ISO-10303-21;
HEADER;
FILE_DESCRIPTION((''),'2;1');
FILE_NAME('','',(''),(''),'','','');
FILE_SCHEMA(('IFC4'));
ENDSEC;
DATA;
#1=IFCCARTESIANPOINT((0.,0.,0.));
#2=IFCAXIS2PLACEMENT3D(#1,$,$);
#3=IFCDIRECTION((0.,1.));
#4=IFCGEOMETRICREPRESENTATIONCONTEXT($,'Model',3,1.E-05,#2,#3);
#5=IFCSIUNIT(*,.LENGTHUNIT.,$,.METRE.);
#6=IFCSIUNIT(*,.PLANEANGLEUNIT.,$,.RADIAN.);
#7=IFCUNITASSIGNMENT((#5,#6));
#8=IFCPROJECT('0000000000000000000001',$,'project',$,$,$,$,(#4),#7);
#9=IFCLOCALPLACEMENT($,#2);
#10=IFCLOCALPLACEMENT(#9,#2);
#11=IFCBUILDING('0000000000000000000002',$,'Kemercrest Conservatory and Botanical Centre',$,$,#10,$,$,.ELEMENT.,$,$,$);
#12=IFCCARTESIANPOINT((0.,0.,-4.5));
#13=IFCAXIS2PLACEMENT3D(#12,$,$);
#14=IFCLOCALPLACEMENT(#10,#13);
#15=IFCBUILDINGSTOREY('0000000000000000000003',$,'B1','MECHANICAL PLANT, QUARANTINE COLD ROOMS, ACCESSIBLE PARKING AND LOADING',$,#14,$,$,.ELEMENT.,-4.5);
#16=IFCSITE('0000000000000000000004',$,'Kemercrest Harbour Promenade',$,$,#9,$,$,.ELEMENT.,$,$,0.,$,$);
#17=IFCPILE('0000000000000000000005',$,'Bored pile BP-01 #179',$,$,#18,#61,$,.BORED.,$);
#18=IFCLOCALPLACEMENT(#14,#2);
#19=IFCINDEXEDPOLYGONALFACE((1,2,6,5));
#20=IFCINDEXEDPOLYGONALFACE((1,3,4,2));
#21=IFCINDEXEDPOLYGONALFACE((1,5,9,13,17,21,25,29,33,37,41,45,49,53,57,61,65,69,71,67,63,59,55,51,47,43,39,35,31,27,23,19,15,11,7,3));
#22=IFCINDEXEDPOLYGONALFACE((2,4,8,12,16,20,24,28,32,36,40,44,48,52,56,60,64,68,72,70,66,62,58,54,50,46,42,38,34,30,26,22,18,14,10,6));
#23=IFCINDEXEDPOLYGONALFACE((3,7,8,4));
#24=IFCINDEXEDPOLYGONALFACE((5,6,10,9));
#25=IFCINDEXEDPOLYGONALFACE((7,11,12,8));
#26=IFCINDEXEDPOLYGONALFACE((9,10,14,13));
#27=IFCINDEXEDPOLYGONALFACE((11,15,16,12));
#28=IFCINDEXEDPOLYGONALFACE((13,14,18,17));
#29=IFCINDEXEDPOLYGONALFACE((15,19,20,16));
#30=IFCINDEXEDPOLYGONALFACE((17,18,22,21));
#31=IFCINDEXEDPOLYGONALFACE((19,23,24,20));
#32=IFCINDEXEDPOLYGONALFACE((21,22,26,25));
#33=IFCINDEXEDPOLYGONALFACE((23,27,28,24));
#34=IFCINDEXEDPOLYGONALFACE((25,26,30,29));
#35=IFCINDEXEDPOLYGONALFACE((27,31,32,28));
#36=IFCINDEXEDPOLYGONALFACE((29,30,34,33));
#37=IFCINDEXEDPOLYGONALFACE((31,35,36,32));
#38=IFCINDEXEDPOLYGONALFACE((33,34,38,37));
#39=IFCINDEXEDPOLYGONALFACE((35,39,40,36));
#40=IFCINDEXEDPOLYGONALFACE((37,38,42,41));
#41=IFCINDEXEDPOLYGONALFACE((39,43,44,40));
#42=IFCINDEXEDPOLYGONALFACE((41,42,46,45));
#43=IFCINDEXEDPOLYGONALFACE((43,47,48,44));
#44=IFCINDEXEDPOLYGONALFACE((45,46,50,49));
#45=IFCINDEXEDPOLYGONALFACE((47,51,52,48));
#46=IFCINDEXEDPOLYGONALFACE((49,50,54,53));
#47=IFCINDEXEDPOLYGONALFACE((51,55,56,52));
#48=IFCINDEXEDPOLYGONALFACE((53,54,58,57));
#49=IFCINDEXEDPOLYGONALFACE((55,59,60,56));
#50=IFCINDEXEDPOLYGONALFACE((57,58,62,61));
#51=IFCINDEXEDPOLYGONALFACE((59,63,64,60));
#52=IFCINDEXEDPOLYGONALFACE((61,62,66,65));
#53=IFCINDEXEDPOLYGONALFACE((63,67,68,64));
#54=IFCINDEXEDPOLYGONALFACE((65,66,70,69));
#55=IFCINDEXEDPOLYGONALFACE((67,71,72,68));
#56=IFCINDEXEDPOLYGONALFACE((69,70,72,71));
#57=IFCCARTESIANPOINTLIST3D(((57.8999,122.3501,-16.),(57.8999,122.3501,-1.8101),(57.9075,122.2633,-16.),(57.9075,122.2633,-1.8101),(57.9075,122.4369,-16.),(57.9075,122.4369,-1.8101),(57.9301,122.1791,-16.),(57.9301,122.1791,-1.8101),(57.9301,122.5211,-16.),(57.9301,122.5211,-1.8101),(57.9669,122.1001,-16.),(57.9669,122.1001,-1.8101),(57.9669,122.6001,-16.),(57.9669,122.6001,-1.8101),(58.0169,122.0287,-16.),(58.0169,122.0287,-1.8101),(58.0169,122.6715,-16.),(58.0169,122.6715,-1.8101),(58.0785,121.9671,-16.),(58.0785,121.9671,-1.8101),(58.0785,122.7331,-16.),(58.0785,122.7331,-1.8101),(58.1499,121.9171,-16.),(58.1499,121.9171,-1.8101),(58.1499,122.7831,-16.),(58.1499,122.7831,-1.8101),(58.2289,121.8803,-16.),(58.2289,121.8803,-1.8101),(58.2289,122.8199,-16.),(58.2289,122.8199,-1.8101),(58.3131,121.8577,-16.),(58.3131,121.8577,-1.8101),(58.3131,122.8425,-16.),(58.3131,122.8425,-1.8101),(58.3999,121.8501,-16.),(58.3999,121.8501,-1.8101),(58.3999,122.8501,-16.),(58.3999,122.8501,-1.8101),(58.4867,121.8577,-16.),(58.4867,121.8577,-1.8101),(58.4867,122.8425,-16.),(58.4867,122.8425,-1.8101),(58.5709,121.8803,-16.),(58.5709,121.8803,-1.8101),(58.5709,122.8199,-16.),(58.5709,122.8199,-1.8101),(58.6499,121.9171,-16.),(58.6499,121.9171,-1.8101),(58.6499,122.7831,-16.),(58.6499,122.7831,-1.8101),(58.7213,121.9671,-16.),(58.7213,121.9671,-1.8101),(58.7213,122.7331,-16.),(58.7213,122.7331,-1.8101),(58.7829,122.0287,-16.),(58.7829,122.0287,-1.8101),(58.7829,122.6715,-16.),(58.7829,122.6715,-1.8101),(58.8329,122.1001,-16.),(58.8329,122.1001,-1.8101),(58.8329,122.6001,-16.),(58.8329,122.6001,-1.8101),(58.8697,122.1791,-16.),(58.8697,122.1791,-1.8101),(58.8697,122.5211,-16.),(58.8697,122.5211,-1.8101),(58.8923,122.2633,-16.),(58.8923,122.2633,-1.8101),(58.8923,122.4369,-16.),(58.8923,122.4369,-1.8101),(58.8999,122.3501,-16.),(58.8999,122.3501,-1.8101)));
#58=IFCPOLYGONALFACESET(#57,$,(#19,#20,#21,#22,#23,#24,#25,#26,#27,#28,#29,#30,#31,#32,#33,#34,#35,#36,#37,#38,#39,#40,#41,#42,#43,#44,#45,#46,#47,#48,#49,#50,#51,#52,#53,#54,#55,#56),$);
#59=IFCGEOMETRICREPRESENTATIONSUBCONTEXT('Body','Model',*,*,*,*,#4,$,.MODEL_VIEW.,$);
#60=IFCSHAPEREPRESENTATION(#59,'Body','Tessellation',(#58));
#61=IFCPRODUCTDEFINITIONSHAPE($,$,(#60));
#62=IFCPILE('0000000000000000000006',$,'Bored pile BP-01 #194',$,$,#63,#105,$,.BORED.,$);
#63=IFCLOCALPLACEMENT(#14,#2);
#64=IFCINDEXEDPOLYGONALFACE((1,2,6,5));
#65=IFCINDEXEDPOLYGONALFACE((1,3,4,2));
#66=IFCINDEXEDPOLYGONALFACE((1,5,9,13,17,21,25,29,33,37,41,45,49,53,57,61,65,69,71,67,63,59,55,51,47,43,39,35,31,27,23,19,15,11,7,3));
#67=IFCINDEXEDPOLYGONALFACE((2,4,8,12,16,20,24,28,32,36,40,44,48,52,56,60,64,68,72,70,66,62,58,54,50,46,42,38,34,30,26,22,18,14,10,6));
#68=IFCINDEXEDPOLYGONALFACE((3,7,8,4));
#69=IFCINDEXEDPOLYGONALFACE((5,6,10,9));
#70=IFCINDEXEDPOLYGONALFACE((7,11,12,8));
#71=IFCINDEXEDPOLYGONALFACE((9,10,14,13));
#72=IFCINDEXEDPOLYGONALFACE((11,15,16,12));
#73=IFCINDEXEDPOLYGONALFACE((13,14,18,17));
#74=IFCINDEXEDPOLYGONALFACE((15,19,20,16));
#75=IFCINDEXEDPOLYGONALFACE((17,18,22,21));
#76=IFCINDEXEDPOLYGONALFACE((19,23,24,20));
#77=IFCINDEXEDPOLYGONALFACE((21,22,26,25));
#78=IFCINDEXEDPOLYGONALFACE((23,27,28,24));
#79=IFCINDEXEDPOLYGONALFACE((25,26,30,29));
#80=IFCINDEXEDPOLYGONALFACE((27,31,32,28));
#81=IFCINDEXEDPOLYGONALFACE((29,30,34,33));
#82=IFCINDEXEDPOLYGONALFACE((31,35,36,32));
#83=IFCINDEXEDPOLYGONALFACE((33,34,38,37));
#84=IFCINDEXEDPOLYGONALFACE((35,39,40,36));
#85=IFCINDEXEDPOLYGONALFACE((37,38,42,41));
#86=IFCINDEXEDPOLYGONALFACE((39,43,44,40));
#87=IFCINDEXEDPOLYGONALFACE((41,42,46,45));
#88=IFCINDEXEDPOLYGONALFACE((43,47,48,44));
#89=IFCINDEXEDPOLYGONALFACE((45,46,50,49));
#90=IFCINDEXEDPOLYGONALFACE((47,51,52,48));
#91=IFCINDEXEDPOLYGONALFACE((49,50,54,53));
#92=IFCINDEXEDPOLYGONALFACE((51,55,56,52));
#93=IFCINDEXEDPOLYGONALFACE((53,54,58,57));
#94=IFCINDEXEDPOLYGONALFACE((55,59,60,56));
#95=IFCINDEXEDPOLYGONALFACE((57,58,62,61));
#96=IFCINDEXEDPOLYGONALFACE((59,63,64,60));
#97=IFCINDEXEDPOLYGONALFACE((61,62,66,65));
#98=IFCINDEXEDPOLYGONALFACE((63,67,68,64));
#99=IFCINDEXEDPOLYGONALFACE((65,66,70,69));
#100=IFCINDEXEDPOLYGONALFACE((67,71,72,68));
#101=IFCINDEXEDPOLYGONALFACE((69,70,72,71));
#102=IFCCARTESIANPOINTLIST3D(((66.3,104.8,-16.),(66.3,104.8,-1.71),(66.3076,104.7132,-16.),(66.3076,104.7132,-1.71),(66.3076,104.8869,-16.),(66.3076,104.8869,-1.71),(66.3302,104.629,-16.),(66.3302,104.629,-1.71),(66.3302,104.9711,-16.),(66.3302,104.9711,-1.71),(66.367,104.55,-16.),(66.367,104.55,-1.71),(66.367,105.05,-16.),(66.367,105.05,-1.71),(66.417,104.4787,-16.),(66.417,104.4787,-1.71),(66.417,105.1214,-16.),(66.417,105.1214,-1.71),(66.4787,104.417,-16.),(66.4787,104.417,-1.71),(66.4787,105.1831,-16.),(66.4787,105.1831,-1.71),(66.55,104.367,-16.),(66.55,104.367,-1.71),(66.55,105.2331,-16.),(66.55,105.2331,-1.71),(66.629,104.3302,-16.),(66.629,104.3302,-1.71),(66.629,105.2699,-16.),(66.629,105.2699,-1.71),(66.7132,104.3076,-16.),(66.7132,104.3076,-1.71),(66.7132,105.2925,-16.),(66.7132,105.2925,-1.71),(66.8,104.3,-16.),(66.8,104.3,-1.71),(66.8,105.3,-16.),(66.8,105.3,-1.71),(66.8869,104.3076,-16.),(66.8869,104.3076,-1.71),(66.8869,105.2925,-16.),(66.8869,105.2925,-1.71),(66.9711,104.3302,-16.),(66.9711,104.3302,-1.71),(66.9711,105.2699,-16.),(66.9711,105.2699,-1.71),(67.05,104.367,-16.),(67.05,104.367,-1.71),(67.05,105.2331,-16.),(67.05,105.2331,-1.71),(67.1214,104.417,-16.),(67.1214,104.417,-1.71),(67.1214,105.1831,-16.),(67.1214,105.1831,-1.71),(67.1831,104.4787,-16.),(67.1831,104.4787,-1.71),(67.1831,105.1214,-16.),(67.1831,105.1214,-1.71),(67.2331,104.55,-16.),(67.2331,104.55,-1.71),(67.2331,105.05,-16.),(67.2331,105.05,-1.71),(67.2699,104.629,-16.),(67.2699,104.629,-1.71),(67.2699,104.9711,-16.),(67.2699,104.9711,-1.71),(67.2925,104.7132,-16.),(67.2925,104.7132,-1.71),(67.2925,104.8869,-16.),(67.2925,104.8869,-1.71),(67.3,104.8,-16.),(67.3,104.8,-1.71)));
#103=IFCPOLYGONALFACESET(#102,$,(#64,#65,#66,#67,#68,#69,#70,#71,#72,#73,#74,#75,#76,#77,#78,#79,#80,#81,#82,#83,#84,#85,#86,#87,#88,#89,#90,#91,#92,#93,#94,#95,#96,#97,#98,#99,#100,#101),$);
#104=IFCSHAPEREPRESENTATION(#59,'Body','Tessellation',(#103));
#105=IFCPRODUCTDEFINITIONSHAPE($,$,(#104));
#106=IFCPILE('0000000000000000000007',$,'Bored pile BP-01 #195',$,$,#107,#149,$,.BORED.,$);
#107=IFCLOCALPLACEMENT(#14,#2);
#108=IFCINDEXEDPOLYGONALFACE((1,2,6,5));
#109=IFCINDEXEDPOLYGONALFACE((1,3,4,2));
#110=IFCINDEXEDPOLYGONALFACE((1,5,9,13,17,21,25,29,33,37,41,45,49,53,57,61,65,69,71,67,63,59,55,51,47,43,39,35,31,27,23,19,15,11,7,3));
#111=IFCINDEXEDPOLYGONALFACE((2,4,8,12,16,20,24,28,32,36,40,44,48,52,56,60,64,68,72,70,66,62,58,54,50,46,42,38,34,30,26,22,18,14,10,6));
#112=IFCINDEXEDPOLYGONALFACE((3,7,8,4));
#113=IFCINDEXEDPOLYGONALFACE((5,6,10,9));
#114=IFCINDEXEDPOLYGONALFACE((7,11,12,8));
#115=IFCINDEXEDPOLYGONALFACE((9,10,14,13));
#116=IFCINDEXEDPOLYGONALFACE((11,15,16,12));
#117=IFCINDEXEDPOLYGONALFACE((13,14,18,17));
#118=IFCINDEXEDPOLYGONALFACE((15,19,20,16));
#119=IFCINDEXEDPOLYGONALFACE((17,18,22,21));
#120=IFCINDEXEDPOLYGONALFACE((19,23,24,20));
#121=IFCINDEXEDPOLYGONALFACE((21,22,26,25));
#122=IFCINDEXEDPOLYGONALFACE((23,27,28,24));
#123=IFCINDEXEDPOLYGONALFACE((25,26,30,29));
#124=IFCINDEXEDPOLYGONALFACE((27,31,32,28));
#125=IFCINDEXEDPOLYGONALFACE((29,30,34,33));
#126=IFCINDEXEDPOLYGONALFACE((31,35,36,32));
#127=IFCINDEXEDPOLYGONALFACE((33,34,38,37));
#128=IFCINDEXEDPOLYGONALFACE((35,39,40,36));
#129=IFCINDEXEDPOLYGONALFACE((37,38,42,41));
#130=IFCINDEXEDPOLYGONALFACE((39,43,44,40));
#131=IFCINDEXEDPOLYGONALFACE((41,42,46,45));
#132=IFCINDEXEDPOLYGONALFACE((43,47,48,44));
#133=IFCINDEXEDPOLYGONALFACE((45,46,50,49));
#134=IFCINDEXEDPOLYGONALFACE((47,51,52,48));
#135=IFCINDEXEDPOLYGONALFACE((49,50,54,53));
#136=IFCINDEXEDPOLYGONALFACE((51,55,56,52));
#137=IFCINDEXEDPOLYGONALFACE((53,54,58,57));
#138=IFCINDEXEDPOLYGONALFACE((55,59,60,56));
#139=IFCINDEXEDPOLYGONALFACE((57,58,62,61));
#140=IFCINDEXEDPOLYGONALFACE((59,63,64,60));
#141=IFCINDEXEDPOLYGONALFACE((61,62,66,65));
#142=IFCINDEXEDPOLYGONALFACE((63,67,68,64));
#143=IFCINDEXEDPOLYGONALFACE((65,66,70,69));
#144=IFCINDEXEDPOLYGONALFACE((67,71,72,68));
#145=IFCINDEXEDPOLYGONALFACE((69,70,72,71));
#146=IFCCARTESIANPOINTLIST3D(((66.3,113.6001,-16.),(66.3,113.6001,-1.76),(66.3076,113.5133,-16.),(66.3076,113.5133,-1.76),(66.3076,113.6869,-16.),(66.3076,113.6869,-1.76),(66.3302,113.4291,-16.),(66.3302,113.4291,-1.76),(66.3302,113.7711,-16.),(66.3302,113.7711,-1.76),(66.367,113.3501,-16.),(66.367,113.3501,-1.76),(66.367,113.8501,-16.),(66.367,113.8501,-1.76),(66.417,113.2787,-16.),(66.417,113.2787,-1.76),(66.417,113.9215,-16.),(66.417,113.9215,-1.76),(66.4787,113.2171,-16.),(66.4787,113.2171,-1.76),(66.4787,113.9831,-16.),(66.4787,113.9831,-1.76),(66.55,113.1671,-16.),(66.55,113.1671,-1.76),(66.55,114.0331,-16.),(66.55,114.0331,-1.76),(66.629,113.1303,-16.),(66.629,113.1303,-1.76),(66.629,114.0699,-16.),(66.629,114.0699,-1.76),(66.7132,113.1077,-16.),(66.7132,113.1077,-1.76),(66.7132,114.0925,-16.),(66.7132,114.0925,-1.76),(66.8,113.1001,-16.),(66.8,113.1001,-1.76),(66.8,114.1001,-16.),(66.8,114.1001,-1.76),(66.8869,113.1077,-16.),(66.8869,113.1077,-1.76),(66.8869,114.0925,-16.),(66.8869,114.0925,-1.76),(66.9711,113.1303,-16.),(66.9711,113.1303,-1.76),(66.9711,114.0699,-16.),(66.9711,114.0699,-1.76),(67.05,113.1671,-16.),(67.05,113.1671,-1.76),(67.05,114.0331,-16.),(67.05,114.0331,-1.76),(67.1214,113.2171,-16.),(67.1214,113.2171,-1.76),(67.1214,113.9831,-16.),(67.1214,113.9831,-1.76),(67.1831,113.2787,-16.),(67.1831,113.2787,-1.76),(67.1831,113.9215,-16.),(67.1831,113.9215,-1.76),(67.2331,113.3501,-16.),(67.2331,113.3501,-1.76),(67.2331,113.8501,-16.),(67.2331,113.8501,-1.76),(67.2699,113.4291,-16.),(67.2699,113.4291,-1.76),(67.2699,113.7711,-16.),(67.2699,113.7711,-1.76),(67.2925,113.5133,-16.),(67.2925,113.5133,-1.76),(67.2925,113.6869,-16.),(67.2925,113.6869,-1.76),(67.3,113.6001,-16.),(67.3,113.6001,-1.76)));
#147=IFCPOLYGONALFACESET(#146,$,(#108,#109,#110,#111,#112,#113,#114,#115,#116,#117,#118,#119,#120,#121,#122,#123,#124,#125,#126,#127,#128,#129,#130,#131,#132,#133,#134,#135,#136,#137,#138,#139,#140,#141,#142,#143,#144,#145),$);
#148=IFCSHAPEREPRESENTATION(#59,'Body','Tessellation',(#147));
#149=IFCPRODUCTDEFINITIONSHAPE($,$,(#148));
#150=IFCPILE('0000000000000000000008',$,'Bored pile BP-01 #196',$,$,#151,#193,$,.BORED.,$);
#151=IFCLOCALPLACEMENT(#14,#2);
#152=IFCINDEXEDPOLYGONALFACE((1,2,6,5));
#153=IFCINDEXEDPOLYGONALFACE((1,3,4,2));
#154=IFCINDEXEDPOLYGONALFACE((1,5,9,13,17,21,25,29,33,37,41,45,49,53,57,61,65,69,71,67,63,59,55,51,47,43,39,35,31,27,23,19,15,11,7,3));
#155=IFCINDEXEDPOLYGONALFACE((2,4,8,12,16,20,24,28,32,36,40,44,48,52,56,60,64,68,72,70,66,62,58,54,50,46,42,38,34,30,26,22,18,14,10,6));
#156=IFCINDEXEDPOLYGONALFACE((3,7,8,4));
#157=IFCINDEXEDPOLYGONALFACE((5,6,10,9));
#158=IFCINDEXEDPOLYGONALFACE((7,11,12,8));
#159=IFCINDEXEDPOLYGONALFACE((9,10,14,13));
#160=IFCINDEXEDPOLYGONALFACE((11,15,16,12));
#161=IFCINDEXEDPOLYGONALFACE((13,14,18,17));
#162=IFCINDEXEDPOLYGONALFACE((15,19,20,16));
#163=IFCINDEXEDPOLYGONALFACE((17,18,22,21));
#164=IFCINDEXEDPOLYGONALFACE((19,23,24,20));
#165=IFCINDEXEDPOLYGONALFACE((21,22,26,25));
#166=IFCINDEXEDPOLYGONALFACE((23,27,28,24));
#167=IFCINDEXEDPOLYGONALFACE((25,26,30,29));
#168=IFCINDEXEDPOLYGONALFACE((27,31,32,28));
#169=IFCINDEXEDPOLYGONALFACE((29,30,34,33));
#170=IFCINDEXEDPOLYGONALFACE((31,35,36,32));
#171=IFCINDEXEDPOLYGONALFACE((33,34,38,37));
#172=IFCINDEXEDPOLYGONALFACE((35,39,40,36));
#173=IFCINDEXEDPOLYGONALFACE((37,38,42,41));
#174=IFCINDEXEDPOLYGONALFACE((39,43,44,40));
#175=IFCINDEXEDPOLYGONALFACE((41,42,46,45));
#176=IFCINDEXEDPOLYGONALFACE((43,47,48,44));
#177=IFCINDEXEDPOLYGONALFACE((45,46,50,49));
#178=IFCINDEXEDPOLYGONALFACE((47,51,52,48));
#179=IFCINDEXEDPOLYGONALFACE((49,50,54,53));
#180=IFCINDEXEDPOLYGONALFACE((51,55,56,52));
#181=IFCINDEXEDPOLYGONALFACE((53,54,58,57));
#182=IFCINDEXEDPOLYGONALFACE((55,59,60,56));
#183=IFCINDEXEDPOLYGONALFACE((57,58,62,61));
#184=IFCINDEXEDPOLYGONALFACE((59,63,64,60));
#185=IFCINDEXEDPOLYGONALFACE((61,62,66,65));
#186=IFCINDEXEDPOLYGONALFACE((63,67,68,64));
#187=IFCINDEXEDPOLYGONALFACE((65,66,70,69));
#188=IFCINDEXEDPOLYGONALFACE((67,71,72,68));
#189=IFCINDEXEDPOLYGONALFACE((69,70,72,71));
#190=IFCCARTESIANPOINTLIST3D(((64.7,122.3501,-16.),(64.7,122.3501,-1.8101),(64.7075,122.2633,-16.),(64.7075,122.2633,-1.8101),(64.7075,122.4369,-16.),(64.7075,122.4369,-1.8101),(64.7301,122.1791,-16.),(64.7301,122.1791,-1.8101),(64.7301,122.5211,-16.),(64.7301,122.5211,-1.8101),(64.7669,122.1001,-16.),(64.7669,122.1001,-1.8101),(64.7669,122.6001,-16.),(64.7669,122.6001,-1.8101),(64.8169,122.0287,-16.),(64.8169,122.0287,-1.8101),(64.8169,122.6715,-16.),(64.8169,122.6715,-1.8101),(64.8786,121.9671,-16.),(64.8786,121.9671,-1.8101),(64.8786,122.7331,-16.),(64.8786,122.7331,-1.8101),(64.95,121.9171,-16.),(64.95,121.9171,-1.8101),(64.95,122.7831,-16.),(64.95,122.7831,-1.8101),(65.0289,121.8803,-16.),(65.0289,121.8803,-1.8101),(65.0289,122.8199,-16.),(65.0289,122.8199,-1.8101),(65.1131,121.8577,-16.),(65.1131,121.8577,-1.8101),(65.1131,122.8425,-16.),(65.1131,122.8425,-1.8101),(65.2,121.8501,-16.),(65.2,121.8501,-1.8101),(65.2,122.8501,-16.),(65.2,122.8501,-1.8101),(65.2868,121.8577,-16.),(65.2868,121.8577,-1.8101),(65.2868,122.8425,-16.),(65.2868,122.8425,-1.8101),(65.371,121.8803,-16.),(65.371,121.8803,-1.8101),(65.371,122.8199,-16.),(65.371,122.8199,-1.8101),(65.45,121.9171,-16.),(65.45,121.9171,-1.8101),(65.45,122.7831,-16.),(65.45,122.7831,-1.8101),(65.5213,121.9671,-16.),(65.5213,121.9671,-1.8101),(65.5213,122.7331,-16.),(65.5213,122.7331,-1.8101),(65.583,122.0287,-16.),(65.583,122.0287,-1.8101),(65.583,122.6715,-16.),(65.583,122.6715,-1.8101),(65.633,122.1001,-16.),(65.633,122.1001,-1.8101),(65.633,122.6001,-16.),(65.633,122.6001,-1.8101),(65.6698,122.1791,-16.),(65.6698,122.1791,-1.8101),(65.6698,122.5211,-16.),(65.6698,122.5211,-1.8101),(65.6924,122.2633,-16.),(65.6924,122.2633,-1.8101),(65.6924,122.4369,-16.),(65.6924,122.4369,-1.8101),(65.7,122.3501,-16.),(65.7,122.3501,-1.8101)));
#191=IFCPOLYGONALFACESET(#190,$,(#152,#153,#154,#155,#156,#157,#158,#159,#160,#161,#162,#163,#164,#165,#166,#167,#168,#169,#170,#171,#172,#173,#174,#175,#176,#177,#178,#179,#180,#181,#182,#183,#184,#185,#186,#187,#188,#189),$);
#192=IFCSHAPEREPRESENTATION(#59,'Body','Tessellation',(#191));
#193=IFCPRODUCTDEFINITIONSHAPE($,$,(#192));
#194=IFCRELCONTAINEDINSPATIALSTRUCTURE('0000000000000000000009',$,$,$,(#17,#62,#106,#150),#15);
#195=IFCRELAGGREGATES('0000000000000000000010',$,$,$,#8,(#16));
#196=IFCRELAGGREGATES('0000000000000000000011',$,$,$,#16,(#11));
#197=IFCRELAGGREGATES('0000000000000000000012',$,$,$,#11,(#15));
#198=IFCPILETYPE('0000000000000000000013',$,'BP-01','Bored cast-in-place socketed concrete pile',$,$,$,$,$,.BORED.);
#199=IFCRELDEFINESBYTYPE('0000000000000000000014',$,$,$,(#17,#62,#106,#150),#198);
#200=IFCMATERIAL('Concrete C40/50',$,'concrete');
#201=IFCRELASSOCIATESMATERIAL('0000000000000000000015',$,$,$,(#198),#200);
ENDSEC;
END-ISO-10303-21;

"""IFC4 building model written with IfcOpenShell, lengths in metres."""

from ifc_helpers import new_model, si_unit, direction, frame, origin, origin_2d, place, context, subcontext, project, spatial, circle, extrude, material, material_profile, profile_set, type_object, element, save


model = new_model("IFC4")

# Units and contexts
model_context = context("Model", 3, precision=1e-05, world=origin(), true_north=direction((0.0, 1.0)))
body_context = subcontext(model_context, "Body", "Model", "MODEL_VIEW")
ifc_project = project(units=[si_unit("LENGTHUNIT", "METRE"), si_unit("PLANEANGLEUNIT", "RADIAN")], contexts=[model_context])

# Site, building, storey
site_placement = place(None, origin())
site = spatial("IfcSite", under=ifc_project, at=site_placement, Name="Kemercrest Harbour Promenade", CompositionType="ELEMENT", RefElevation=0.0)
building_placement = place(site_placement, origin())
building = spatial("IfcBuilding", under=site, at=building_placement, Name="Kemercrest Conservatory and Botanical Centre", CompositionType="ELEMENT")
storey_placement = place(building_placement, frame((0.0, 0.0, -4.5)))
storey = spatial("IfcBuildingStorey", under=building, at=storey_placement, Name="B1", Description="MECHANICAL PLANT, QUARANTINE COLD ROOMS, ACCESSIBLE PARKING AND LOADING", CompositionType="ELEMENT", Elevation=-4.5)

# Piles
ifc_material_1 = material(Name="Concrete C40/50", Category="concrete")
ifc_material_profile_1 = material_profile(ifc_material_1, circle(Radius=0.5, at=origin_2d()), Name="BORED PILE 1000")
ifc_profile_set_1 = profile_set([ifc_material_profile_1], Name="Concrete C40/50")
pile_type = type_object("IfcPileType", Name="BP-01", Description="Bored cast-in-place socketed concrete pile", PredefinedType="BORED", material=ifc_profile_set_1)
for number, where, z_axis, x_axis, name in (
    (1, (58.3999, 122.3501, -1.8101), (0.0, 0.0, -1.0), (1.0, 0.0, 0.0), "Bored pile BP-01 #179"),
):
    element("IfcPile", number, at=place(storey_placement, frame(where, z_axis=z_axis, x_axis=x_axis)), inside=storey, type_object=pile_type, Name=name, PredefinedType="BORED", context=body_context, shape_type="SweptSolid", body=[
        extrude(circle(Radius=0.5, at=origin_2d()), origin(), (0.0, 0.0, 1.0), 14.1899),
    ])
pile_1_placement = place(storey_placement, frame((66.8, 104.8, -1.71), z_axis=(0.0, 0.0, -1.0), x_axis=(1.0, 0.0, 0.0)))
element("IfcPile", 2, at=pile_1_placement, inside=storey, type_object=pile_type, Name="Bored pile BP-01 #194", PredefinedType="BORED", context=body_context, shape_type="SweptSolid", body=[
    extrude(circle(Radius=0.5, at=origin_2d()), origin(), (0.0, 0.0, 1.0), 14.29),
])
pile_2_placement = place(storey_placement, frame((66.8, 113.6001, -1.76), z_axis=(0.0, 0.0, -1.0), x_axis=(1.0, 0.0, 0.0)))
element("IfcPile", 3, at=pile_2_placement, inside=storey, type_object=pile_type, Name="Bored pile BP-01 #195", PredefinedType="BORED", context=body_context, shape_type="SweptSolid", body=[
    extrude(circle(Radius=0.5, at=origin_2d()), origin(), (0.0, 0.0, 1.0), 14.24),
])
for number, where, z_axis, x_axis, name in (
    (4, (65.2, 122.3501, -1.8101), (0.0, 0.0, -1.0), (1.0, 0.0, 0.0), "Bored pile BP-01 #196"),
):
    element("IfcPile", number, at=place(storey_placement, frame(where, z_axis=z_axis, x_axis=x_axis)), inside=storey, type_object=pile_type, Name=name, PredefinedType="BORED", context=body_context, shape_type="SweptSolid", body=[
        extrude(circle(Radius=0.5, at=origin_2d()), origin(), (0.0, 0.0, 1.0), 14.1899),
    ])

save(model, "model.ifc")
